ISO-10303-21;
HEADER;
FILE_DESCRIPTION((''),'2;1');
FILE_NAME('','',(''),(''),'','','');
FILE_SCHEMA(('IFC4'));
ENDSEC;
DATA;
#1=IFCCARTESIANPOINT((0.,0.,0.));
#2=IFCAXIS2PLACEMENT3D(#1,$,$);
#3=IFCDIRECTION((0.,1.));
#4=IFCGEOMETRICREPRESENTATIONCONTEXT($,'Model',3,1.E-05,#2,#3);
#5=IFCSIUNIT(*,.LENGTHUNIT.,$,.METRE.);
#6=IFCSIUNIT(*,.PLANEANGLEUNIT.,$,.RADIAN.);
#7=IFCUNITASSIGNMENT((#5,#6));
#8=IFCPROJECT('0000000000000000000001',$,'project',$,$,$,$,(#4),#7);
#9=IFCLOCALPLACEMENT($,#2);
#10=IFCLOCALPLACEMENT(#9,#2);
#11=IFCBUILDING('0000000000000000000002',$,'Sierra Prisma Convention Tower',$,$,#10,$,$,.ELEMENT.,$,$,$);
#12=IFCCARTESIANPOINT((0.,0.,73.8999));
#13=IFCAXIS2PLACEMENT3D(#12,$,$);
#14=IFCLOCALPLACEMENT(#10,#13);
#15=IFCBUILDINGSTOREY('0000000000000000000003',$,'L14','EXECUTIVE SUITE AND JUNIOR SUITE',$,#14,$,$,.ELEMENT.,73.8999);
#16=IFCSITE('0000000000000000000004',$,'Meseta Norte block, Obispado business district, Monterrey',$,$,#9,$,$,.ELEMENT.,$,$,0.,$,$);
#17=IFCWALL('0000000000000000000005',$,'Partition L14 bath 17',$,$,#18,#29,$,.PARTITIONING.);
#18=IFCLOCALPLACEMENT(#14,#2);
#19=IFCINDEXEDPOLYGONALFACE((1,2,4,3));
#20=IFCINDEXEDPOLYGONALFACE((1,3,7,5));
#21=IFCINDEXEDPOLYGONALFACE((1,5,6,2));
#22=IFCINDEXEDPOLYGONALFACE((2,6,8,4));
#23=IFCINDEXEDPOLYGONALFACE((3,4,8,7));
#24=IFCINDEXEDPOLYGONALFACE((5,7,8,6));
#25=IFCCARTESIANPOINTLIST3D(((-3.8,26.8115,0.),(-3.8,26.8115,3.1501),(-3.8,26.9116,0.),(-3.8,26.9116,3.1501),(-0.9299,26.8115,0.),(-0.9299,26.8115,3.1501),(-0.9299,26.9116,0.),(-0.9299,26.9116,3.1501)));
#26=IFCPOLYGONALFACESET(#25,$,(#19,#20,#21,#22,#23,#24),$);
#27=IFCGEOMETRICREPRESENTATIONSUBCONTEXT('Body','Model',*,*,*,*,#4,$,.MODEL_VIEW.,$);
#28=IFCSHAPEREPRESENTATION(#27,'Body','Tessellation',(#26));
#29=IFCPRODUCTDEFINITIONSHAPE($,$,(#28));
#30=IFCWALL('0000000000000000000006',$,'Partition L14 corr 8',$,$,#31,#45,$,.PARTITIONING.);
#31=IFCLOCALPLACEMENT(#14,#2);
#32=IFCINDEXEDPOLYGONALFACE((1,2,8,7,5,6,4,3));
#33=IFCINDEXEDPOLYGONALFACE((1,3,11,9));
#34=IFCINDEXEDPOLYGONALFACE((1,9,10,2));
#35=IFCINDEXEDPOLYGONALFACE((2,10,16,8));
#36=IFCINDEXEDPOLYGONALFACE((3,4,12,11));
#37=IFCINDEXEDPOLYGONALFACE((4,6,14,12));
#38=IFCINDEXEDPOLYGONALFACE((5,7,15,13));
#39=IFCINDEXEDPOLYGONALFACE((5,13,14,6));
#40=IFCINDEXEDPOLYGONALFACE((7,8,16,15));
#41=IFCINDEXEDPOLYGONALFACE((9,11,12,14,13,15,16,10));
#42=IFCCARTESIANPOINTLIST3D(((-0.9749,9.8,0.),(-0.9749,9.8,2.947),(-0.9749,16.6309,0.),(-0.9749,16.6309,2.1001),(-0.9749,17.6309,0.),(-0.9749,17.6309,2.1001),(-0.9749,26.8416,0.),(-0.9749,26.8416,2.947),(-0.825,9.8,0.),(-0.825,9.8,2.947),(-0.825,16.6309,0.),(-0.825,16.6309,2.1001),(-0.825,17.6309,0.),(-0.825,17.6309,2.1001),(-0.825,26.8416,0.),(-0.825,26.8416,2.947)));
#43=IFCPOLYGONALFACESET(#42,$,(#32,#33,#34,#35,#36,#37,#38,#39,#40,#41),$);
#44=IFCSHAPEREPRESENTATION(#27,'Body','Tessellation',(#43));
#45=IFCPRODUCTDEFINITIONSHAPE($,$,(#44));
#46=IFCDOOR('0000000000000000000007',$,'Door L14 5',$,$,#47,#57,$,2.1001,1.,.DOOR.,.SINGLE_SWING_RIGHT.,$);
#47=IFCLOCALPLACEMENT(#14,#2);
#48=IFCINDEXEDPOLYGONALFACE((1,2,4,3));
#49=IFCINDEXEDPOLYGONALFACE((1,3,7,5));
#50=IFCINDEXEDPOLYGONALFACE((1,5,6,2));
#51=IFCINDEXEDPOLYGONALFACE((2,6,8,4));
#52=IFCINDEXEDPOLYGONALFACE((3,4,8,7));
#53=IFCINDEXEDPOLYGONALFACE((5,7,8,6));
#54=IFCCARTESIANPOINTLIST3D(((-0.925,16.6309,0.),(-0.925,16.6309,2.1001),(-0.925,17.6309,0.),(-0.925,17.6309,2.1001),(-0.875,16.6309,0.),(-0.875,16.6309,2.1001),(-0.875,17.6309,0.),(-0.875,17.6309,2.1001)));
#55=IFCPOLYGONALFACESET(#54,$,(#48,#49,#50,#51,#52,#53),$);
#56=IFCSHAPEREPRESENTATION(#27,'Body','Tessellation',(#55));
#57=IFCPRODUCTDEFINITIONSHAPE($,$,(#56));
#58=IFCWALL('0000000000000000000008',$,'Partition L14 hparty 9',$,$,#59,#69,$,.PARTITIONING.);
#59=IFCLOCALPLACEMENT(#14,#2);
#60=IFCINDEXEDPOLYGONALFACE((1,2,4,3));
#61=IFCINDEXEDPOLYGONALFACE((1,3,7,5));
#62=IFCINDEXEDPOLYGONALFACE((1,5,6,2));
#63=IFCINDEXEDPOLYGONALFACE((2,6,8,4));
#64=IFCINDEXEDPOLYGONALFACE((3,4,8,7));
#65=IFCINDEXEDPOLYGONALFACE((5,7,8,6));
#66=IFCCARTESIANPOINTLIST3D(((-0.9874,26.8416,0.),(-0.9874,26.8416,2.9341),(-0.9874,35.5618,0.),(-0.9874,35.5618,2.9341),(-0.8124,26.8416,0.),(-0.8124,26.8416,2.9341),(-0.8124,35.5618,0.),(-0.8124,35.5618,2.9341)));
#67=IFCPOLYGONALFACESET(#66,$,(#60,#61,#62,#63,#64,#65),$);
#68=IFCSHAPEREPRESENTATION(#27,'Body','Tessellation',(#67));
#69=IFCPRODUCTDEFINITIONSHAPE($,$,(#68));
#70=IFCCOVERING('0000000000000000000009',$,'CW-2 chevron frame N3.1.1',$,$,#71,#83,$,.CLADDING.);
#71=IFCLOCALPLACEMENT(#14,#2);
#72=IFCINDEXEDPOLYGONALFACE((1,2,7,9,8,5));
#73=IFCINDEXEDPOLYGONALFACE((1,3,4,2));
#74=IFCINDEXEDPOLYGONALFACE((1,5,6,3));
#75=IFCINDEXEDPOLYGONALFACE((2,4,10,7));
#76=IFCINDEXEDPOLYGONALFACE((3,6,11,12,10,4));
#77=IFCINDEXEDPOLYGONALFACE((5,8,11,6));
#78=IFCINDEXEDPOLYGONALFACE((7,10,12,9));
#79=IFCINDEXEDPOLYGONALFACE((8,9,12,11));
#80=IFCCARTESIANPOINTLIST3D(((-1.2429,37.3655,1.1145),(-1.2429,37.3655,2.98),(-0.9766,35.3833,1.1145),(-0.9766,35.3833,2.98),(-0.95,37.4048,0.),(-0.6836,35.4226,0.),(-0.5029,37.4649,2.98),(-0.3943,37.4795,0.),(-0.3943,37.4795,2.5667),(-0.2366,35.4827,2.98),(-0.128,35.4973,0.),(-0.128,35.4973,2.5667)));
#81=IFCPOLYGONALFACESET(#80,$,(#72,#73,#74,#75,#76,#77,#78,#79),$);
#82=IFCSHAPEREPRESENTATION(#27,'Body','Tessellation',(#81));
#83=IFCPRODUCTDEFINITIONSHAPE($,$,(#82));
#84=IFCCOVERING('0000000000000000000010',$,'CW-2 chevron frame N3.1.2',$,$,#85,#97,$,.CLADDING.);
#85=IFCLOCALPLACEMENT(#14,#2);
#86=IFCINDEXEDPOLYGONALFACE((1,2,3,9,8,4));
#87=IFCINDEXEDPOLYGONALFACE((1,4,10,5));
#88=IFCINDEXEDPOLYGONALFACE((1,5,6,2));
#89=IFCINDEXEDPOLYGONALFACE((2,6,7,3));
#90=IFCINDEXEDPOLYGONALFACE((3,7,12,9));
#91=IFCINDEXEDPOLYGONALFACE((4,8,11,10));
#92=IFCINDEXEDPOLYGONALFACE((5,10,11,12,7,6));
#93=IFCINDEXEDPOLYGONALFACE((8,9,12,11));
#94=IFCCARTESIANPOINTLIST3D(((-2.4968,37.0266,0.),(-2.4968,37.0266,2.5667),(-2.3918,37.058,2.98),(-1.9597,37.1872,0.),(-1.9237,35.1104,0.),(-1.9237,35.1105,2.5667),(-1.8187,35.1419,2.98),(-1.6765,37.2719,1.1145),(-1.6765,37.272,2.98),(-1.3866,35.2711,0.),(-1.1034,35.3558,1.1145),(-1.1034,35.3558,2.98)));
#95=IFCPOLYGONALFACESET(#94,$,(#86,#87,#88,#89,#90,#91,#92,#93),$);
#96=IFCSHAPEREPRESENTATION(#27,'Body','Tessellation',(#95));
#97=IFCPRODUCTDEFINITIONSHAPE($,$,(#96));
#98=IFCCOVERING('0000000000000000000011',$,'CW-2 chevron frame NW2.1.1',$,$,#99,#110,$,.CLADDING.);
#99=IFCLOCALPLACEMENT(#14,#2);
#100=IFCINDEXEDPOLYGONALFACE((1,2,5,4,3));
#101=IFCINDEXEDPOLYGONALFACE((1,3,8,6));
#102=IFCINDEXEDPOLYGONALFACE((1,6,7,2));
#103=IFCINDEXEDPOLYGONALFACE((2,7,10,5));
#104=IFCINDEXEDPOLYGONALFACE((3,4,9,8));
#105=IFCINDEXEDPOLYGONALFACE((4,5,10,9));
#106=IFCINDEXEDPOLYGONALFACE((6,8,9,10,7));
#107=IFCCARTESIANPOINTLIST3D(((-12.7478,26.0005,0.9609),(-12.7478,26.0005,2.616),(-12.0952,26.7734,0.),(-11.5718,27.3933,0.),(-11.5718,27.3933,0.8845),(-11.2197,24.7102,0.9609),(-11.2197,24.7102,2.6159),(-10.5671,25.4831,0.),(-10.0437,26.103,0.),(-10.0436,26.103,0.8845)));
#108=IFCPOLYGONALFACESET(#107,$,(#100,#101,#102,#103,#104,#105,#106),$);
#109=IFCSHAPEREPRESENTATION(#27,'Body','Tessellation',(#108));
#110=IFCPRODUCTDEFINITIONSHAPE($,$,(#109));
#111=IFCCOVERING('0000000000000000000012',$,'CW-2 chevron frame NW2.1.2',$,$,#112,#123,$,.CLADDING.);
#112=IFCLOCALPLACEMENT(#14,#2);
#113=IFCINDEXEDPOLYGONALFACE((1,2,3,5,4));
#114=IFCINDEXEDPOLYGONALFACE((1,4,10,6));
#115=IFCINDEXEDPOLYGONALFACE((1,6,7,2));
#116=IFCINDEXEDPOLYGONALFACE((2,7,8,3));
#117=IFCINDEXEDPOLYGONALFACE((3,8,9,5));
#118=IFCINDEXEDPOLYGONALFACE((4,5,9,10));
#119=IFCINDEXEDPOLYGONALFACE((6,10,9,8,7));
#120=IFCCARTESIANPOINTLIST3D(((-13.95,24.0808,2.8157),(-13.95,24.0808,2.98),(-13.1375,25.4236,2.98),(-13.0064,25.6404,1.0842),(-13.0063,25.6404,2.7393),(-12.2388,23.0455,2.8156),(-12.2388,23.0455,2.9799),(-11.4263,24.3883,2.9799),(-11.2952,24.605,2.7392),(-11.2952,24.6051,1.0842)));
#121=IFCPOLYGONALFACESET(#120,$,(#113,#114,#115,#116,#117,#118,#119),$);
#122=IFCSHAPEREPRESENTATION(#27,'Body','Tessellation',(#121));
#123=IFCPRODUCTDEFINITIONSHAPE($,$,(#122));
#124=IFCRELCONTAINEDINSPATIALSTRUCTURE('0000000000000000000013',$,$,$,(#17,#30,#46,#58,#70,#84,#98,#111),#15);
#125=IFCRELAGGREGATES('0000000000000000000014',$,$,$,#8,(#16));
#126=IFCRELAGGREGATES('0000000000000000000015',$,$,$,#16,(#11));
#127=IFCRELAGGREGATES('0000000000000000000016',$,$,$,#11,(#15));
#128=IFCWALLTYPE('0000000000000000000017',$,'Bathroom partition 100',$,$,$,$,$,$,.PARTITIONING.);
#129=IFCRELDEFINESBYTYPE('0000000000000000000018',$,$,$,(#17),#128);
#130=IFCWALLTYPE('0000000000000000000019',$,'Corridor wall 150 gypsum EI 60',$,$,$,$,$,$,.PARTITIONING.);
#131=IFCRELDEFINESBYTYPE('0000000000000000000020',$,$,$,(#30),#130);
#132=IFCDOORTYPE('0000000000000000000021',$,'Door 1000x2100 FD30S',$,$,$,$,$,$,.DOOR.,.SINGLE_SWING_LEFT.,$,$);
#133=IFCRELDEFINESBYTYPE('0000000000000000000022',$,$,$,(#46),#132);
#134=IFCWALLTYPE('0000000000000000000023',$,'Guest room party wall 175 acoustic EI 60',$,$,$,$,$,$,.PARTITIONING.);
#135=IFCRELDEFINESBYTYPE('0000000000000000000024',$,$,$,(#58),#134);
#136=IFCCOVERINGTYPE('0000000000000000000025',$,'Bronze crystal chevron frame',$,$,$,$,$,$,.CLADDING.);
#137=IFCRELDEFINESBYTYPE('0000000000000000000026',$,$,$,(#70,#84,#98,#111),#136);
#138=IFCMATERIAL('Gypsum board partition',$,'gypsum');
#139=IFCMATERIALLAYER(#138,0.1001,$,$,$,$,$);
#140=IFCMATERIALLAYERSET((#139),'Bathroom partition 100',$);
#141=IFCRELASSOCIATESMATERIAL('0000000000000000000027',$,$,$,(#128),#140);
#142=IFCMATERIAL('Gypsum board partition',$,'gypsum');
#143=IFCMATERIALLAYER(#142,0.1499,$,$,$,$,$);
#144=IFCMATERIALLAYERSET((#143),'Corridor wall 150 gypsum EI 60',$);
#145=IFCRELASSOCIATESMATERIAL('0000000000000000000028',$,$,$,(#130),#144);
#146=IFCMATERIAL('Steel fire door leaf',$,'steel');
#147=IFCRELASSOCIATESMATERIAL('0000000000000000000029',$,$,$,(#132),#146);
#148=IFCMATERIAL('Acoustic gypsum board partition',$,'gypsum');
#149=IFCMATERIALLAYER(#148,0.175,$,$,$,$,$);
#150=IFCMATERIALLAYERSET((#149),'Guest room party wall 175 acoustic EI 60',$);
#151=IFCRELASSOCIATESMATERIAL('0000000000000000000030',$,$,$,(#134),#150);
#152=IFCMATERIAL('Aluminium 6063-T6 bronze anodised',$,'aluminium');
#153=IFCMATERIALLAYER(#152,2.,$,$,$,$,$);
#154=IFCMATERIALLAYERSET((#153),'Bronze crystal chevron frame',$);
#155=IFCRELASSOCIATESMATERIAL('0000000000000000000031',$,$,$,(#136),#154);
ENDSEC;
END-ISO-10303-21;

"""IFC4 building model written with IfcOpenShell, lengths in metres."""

from ifc_helpers import new_model, si_unit, direction, frame, frame_2d, origin, place, context, subcontext, project, spatial, polyline, rectangle, outline, extrude, material, layer, layer_set, type_object, element, fill, save


model = new_model("IFC4")

# Units and contexts
model_context = context("Model", 3, precision=1e-05, world=origin(), true_north=direction((0.0, 1.0)))
body_context = subcontext(model_context, "Body", "Model", "MODEL_VIEW")
ifc_project = project(units=[si_unit("LENGTHUNIT", "METRE"), si_unit("PLANEANGLEUNIT", "RADIAN")], contexts=[model_context])

# Site, building, storey
site_placement = place(None, origin())
site = spatial("IfcSite", under=ifc_project, at=site_placement, Name="Meseta Norte block, Obispado business district, Monterrey", CompositionType="ELEMENT", RefElevation=0.0)
building_placement = place(site_placement, origin())
building = spatial("IfcBuilding", under=site, at=building_placement, Name="Sierra Prisma Convention Tower", CompositionType="ELEMENT")
storey_placement = place(building_placement, frame((0.0, 0.0, 73.8999)))
storey = spatial("IfcBuildingStorey", under=building, at=storey_placement, Name="L14", Description="EXECUTIVE SUITE AND JUNIOR SUITE", CompositionType="ELEMENT", Elevation=73.8999)

# Shared definitions
ifc_material_1 = material(Name="Gypsum board partition", Category="gypsum")
ifc_layer_1 = layer(ifc_material_1, 0.1001)
ifc_layer_set_1 = layer_set([ifc_layer_1], Name="Bathroom partition 100")
wall_type_1 = type_object("IfcWallType", Name="Bathroom partition 100", PredefinedType="PARTITIONING", material=ifc_layer_set_1)

# Wall
wall_1_placement = place(storey_placement, frame((-3.8, 26.8616, 0.0), z_axis=(0.0, 0.0, 1.0), x_axis=(1.0, 0.0, 0.0)))
element("IfcWall", 1, at=wall_1_placement, inside=storey, type_object=wall_type_1, Name="Partition L14 bath 17", PredefinedType="PARTITIONING", context=body_context, shape_type="SweptSolid", body=[
    extrude(rectangle(XDim=2.8701, YDim=0.1001, at=frame_2d((1.4351, 0.0))), origin(), (0.0, 0.0, 1.0), 3.1501),
])

# Wall, opening, door
ifc_material_2 = material(Name="Gypsum board partition", Category="gypsum")
ifc_layer_2 = layer(ifc_material_2, 0.1499)
ifc_layer_set_2 = layer_set([ifc_layer_2], Name="Corridor wall 150 gypsum EI 60")
wall_type_2 = type_object("IfcWallType", Name="Corridor wall 150 gypsum EI 60", PredefinedType="PARTITIONING", material=ifc_layer_set_2)
wall_2_placement = place(storey_placement, frame((-0.8999, 26.8416, 0.0), z_axis=(0.0, 0.0, 1.0), x_axis=(0.0, -1.0, 0.0)))
wall_2 = element("IfcWall", 2, at=wall_2_placement, inside=storey, type_object=wall_type_2, Name="Partition L14 corr 8", PredefinedType="PARTITIONING", context=body_context, shape_type="SweptSolid", body=[
    extrude(rectangle(XDim=17.0415, YDim=0.1499, at=frame_2d((8.5208, 0.0))), origin(), (0.0, 0.0, 1.0), 2.947),
])
opening_1_placement = place(wall_2_placement, frame((9.2107, 0.0, 0.0)))
opening_1 = element("IfcOpeningElement", 3, at=opening_1_placement, cuts=wall_2, PredefinedType="OPENING", context=body_context, shape_type="SweptSolid", body=[
    extrude(rectangle(XDim=1.0, YDim=2.1001, at=frame_2d((0.5, 1.05))), frame((0.0, 0.075, 0.0), z_axis=(0.0, -1.0, 0.0), x_axis=(1.0, 0.0, 0.0)), (0.0, 0.0, 1.0), 0.1499),
])
ifc_material_3 = material(Name="Steel fire door leaf", Category="steel")
door_type_1 = type_object("IfcDoorType", Name="Door 1000x2100 FD30S", OperationType="SINGLE_SWING_LEFT", PredefinedType="DOOR", material=ifc_material_3)
door_1_placement = place(opening_1_placement, origin())
door_1 = element("IfcDoor", 4, at=door_1_placement, inside=storey, type_object=door_type_1, Name="Door L14 5", OperationType="SINGLE_SWING_RIGHT", OverallHeight=2.1001, OverallWidth=1.0, PredefinedType="DOOR", context=body_context, shape_type="SweptSolid", body=[
    extrude(rectangle(XDim=1.0, YDim=2.1001, at=frame_2d((0.5, 1.05))), frame((0.0, 0.0249, 0.0), z_axis=(0.0, -1.0, 0.0), x_axis=(1.0, 0.0, 0.0)), (0.0, 0.0, 1.0), 0.05),
])
fill(opening_1, door_1)

# Wall
ifc_material_4 = material(Name="Acoustic gypsum board partition", Category="gypsum")
ifc_layer_3 = layer(ifc_material_4, 0.175)
ifc_layer_set_3 = layer_set([ifc_layer_3], Name="Guest room party wall 175 acoustic EI 60")
wall_type_3 = type_object("IfcWallType", Name="Guest room party wall 175 acoustic EI 60", PredefinedType="PARTITIONING", material=ifc_layer_set_3)
wall_3_placement = place(storey_placement, frame((-0.8999, 35.5618, 0.0), z_axis=(0.0, 0.0, 1.0), x_axis=(0.0, -1.0, 0.0)))
element("IfcWall", 5, at=wall_3_placement, inside=storey, type_object=wall_type_3, Name="Partition L14 hparty 9", PredefinedType="PARTITIONING", context=body_context, shape_type="SweptSolid", body=[
    extrude(rectangle(XDim=8.7202, YDim=0.175, at=frame_2d((4.3601, 0.0))), origin(), (0.0, 0.0, 1.0), 2.9341),
])

# Coverings
ifc_material_5 = material(Name="Aluminium 6063-T6 bronze anodised", Category="aluminium")
ifc_layer_4 = layer(ifc_material_5, 2.0)
ifc_layer_set_4 = layer_set([ifc_layer_4], Name="Bronze crystal chevron frame")
covering_type = type_object("IfcCoveringType", Name="Bronze crystal chevron frame", PredefinedType="CLADDING", material=ifc_layer_set_4)
covering_1_placement = place(storey_placement, frame((-0.3943, 37.4795, 0.0), z_axis=(-0.133161, 0.991094, 0.0), x_axis=(-0.991094, -0.133161, 0.0)))
element("IfcCovering", 6, at=covering_1_placement, inside=storey, type_object=covering_type, Name="CW-2 chevron frame N3.1.1", PredefinedType="CLADDING", context=body_context, shape_type="SweptSolid", body=[
    extrude(outline(polyline([(0.0, 0.0), (0.5607, 0.0), (0.8563, 1.1145), (0.8563, 2.98), (0.1096, 2.98), (0.0, 2.5667), (0.0, 0.0)])), origin(), (0.0, 0.0, -1.0), 2.0),
])
covering_2_placement = place(storey_placement, frame((-1.6765, 37.272, 2.98), z_axis=(-0.286554, 0.958064, -0.000018), x_axis=(0.000005, -0.000017, -1.0)))
element("IfcCovering", 7, at=covering_2_placement, inside=storey, type_object=covering_type, Name="CW-2 chevron frame N3.1.2", PredefinedType="CLADDING", context=body_context, shape_type="SweptSolid", body=[
    extrude(outline(polyline([(0.0, 0.0), (1.8655, 0.0), (2.98, 0.2956), (2.98, 0.8562), (0.4133, 0.8562), (0.0, 0.7466), (0.0, 0.0)])), origin(), (0.0, 0.0, -1.0), 2.0),
])
covering_3_placement = place(storey_placement, frame((-11.5718, 27.3933, 0.0), z_axis=(-0.764062, 0.645143, 0.000013), x_axis=(-0.645143, -0.764062, 0.0)))
element("IfcCovering", 8, at=covering_3_placement, inside=storey, type_object=covering_type, Name="CW-2 chevron frame NW2.1.1", PredefinedType="CLADDING", context=body_context, shape_type="SweptSolid", body=[
    extrude(outline(polyline([(0.0, 0.0), (0.8113, 0.0), (1.8229, 0.9609), (1.8229, 2.616), (0.0, 0.8845), (0.0, 0.0)])), origin(), (0.0, 0.0, -1.0), 2.0),
])
covering_4_placement = place(storey_placement, frame((-13.0063, 25.6404, 2.7393), z_axis=(-0.855582, 0.517667, 0.000028), x_axis=(-0.000024, 0.000015, -1.0)))
element("IfcCovering", 9, at=covering_4_placement, inside=storey, type_object=covering_type, Name="CW-2 chevron frame NW2.1.2", PredefinedType="CLADDING", context=body_context, shape_type="SweptSolid", body=[
    extrude(outline(polyline([(0.0, 0.0), (1.655, 0.0), (-0.0764, 1.8228), (-0.2407, 1.8228), (-0.2407, 0.2534), (0.0, 0.0)])), origin(), (0.0, 0.0, -1.0), 2.0),
])

save(model, "model.ifc")
